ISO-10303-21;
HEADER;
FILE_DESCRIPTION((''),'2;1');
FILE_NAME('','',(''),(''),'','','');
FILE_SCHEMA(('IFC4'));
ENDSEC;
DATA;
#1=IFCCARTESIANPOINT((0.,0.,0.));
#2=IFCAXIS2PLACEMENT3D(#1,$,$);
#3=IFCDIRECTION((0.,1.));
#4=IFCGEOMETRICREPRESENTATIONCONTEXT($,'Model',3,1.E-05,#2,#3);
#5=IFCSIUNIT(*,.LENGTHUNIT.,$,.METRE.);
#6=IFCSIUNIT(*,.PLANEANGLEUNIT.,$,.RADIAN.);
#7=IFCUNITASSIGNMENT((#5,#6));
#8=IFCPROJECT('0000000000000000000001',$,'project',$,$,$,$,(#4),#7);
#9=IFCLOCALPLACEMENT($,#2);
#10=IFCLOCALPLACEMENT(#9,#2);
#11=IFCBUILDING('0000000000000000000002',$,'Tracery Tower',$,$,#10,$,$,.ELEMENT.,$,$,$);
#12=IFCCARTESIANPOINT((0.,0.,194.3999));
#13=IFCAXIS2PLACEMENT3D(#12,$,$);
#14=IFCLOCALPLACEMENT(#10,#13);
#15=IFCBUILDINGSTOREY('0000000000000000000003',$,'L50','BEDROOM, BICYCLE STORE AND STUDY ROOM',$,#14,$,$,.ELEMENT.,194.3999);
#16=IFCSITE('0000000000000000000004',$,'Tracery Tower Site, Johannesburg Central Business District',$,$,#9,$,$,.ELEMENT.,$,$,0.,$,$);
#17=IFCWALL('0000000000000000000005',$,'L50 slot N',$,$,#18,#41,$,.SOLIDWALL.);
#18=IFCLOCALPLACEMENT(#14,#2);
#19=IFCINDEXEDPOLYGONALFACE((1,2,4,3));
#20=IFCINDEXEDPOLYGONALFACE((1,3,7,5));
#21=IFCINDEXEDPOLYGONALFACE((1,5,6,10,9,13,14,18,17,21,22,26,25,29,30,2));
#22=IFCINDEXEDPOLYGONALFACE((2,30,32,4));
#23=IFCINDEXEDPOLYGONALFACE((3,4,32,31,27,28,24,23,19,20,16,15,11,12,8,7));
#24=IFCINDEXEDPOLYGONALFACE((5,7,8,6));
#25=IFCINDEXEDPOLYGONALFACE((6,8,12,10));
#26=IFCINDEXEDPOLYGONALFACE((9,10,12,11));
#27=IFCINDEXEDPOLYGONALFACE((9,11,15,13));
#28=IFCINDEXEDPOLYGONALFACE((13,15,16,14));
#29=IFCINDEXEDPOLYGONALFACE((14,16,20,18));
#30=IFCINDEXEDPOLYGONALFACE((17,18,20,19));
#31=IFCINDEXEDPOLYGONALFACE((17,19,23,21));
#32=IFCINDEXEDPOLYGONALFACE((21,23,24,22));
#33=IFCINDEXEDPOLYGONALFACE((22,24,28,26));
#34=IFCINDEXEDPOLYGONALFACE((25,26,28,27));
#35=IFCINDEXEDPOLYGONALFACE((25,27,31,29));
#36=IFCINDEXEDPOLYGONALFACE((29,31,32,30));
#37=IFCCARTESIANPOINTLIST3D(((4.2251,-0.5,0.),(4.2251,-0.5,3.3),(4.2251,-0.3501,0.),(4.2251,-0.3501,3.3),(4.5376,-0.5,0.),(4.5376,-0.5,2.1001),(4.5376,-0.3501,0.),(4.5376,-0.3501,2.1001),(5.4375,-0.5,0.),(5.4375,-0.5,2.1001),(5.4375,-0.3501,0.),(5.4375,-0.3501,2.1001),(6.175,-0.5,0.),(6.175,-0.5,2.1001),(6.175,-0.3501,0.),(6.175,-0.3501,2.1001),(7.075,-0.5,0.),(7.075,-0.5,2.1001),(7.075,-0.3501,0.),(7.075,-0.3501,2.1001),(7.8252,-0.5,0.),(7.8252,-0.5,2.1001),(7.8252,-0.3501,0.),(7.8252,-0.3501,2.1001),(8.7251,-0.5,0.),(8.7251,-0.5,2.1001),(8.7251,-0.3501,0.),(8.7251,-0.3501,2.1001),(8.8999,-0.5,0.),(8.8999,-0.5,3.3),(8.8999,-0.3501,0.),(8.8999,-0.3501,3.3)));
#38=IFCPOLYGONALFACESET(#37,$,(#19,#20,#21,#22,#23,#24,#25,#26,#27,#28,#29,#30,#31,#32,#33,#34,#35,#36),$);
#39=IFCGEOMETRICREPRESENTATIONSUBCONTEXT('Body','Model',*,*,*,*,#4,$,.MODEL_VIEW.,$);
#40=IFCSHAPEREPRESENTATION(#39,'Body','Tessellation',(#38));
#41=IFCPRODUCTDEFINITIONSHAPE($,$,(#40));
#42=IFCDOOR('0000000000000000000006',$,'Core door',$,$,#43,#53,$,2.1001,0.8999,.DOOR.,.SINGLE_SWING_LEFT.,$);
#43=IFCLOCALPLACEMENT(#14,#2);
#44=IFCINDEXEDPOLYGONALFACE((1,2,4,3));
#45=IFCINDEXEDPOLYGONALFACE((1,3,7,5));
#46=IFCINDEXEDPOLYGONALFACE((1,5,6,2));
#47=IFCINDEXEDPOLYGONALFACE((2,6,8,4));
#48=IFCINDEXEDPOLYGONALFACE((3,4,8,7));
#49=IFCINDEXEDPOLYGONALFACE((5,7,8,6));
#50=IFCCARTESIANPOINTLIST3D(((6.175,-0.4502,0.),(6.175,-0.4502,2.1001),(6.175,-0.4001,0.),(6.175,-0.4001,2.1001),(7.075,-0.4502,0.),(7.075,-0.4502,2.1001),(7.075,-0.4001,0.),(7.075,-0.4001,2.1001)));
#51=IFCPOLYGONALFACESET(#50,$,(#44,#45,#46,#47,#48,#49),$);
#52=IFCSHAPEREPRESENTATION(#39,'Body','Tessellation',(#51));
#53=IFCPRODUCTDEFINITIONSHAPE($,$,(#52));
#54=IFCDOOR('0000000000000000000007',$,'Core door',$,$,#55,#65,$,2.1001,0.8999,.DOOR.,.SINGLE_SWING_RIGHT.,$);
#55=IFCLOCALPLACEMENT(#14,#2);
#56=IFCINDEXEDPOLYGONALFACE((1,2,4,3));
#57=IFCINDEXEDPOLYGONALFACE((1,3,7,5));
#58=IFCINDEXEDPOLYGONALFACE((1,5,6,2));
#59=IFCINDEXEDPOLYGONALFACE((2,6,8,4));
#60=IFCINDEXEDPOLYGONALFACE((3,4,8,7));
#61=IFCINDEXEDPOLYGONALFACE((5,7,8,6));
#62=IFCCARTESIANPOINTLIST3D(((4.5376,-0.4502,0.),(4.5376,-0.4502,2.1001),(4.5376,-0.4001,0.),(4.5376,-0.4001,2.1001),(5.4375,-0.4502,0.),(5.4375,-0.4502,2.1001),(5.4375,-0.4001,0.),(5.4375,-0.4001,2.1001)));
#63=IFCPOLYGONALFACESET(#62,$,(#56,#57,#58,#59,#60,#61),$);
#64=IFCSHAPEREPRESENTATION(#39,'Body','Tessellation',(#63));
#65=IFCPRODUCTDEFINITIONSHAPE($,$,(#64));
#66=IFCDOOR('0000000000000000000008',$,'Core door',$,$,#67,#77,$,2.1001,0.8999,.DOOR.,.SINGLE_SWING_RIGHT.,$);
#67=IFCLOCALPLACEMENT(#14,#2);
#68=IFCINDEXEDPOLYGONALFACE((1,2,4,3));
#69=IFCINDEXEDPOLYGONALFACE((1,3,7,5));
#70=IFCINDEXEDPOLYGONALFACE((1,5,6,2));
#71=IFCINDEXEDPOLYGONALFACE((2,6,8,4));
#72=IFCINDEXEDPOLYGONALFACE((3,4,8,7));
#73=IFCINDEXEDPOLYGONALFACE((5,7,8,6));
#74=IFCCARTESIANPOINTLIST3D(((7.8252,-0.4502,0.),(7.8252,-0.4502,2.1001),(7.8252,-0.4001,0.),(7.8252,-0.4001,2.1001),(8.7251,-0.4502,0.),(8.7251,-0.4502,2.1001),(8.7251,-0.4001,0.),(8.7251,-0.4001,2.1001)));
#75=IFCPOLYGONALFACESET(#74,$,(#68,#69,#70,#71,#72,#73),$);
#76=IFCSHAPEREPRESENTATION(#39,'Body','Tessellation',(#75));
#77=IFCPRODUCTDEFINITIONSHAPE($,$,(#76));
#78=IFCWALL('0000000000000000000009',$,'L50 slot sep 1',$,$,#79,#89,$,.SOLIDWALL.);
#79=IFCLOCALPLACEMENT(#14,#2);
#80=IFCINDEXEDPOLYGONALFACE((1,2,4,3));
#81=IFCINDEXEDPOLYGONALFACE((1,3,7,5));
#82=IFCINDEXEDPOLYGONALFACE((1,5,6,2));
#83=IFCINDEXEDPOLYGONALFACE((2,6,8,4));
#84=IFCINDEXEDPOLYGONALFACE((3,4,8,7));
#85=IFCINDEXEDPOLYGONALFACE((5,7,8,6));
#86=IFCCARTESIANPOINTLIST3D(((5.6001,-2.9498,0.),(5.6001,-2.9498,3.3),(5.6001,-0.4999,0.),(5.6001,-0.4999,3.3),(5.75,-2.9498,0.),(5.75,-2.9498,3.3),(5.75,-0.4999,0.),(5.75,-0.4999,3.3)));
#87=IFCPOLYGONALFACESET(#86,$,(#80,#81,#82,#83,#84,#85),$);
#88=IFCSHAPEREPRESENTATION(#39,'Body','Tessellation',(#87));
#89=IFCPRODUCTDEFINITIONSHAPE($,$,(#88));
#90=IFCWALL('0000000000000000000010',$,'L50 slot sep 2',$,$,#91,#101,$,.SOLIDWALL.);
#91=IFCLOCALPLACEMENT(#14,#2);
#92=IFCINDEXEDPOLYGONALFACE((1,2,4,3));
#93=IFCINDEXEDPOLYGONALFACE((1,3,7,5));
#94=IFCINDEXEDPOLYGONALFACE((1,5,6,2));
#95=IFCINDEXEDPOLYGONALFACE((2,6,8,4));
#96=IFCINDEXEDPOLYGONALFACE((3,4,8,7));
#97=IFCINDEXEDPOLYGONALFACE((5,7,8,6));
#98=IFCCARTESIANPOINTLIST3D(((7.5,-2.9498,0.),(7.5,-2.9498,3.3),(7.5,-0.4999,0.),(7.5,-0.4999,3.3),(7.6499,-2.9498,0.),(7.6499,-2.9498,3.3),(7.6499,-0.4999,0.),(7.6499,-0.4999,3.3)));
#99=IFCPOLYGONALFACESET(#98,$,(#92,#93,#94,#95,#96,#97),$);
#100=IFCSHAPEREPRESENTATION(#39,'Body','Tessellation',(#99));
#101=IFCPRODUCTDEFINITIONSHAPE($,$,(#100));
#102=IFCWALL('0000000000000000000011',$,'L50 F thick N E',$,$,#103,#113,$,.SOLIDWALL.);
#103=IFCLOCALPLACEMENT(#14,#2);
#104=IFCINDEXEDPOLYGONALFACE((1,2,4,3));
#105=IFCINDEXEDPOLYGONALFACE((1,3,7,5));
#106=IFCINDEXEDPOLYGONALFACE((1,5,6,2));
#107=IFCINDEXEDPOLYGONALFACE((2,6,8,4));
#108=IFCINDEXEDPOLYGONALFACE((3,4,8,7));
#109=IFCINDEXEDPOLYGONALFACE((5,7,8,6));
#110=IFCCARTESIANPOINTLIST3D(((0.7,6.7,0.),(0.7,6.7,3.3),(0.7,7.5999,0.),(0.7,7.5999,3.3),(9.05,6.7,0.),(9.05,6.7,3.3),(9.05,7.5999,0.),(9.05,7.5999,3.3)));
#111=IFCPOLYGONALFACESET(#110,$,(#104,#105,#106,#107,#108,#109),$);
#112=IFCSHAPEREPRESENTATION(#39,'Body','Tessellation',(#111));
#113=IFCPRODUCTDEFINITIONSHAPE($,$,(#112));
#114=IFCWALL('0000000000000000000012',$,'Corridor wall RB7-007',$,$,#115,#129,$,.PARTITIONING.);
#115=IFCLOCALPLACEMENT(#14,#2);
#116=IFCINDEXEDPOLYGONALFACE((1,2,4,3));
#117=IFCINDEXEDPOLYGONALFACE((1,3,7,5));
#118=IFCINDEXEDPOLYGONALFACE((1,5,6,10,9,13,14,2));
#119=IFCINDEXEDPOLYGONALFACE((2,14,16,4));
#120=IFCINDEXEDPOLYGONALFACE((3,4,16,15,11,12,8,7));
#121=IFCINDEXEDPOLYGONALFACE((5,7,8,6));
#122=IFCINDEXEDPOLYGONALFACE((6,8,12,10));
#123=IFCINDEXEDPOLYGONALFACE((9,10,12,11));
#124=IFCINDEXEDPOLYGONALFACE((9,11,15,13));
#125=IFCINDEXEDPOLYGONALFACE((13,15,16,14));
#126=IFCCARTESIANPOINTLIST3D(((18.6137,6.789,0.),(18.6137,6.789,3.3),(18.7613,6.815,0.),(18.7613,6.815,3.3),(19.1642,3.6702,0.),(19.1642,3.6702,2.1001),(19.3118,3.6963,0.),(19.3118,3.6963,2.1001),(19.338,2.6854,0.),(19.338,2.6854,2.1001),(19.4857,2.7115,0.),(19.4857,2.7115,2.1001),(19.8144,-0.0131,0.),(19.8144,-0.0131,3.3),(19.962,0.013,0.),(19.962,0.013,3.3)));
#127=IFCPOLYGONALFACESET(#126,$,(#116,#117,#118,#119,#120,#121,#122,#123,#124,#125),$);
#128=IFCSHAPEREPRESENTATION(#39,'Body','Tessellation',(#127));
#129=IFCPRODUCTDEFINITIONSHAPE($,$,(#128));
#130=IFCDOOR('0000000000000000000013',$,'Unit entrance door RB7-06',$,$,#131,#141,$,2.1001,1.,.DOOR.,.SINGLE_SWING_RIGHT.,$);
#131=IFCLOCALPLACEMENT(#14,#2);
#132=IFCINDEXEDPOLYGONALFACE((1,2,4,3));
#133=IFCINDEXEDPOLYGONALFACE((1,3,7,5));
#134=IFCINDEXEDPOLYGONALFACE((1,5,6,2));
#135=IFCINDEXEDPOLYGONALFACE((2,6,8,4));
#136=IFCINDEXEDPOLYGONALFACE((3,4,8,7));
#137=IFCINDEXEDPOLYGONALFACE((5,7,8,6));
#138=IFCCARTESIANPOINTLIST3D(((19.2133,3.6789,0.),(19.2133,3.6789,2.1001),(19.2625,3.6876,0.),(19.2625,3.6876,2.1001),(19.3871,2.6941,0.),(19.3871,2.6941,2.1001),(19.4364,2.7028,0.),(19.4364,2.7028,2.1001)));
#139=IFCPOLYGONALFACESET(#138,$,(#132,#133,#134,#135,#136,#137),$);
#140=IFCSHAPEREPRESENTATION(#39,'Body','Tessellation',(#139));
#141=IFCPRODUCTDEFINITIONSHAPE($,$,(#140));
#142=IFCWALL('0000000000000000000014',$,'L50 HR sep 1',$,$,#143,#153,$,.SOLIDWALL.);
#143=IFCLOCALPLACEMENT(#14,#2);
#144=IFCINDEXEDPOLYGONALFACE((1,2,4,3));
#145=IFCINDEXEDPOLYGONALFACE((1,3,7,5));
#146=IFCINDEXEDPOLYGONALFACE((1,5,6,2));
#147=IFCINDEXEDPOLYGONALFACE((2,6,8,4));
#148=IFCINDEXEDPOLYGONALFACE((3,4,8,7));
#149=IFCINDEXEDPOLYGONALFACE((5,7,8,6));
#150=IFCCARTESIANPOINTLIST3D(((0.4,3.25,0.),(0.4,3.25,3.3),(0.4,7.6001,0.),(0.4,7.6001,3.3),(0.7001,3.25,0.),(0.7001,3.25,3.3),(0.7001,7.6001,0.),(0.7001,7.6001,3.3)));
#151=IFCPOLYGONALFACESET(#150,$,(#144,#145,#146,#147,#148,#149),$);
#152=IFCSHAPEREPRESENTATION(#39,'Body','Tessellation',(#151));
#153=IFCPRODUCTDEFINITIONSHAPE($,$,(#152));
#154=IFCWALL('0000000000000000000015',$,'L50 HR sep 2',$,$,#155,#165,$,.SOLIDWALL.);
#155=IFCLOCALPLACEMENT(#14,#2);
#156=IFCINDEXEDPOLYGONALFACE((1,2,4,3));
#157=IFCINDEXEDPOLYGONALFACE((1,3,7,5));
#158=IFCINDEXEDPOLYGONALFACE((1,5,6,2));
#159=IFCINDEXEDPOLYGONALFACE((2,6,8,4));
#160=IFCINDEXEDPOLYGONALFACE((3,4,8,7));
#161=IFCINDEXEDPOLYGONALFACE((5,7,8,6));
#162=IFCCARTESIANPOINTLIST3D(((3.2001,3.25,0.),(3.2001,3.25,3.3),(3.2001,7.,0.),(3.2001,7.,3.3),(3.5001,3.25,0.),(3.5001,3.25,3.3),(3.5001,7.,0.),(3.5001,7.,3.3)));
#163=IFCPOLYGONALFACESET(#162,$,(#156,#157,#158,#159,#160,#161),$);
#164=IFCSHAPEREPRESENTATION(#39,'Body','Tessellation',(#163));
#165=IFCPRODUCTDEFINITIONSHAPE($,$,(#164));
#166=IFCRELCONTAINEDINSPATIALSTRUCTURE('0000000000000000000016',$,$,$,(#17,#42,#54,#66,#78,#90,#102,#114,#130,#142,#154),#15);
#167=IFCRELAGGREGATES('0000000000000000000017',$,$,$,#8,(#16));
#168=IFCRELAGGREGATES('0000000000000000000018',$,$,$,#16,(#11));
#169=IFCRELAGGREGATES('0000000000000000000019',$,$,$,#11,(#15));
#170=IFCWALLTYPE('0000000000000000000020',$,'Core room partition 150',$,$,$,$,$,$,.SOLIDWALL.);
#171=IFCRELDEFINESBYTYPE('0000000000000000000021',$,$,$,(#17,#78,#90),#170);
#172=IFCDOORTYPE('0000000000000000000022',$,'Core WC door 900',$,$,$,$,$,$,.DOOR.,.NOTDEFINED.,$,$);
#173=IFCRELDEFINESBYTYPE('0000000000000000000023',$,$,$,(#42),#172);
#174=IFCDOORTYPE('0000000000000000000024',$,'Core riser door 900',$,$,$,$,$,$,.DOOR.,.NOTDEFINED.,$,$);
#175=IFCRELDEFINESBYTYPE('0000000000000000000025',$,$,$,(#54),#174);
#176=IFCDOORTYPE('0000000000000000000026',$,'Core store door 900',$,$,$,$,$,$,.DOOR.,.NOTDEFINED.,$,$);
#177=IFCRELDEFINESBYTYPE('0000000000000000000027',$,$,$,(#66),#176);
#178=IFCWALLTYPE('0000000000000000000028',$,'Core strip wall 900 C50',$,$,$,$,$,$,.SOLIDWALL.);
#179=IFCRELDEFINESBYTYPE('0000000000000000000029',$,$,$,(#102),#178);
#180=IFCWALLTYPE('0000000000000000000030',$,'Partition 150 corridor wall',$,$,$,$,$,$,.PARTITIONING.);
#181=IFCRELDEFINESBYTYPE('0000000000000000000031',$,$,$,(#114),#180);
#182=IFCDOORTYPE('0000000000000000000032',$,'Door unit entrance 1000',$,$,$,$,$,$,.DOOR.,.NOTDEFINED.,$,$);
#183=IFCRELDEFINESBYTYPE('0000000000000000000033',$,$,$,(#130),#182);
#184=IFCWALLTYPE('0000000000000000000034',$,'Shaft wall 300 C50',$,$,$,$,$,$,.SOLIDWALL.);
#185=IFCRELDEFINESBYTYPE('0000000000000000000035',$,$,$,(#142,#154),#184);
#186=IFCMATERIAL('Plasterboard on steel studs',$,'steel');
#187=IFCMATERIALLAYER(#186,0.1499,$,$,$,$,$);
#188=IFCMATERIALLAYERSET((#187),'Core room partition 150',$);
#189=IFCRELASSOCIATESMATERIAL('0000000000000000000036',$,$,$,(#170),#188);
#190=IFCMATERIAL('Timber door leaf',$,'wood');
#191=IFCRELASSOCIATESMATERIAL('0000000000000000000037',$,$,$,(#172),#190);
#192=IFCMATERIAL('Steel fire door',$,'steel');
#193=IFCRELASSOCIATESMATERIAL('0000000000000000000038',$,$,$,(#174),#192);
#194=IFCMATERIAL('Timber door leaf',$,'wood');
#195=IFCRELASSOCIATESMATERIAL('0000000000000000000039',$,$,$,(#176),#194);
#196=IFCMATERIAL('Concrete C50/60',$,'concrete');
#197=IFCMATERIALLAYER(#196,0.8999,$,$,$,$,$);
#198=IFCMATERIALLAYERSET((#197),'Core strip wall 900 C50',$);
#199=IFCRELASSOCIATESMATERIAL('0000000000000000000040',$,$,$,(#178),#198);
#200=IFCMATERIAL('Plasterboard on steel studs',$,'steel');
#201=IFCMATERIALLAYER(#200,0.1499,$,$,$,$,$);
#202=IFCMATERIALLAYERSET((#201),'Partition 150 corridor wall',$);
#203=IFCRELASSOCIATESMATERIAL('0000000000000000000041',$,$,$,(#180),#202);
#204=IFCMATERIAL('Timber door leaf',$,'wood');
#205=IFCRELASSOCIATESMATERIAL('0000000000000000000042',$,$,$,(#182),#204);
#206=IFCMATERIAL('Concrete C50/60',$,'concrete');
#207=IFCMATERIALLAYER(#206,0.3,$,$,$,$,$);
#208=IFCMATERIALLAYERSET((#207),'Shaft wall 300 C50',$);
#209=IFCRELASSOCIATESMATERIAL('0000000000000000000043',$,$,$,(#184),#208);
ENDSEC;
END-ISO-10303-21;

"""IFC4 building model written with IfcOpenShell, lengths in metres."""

from ifc_helpers import new_model, si_unit, direction, frame, frame_2d, origin, place, context, subcontext, project, spatial, rectangle, extrude, material, layer, layer_set, type_object, element, fill, save


model = new_model("IFC4")

# Units and contexts
model_context = context("Model", 3, precision=1e-05, world=origin(), true_north=direction((0.0, 1.0)))
body_context = subcontext(model_context, "Body", "Model", "MODEL_VIEW")
ifc_project = project(units=[si_unit("LENGTHUNIT", "METRE"), si_unit("PLANEANGLEUNIT", "RADIAN")], contexts=[model_context])

# Site, building, storey
site_placement = place(None, origin())
site = spatial("IfcSite", under=ifc_project, at=site_placement, Name="Tracery Tower Site, Johannesburg Central Business District", CompositionType="ELEMENT", RefElevation=0.0)
building_placement = place(site_placement, origin())
building = spatial("IfcBuilding", under=site, at=building_placement, Name="Tracery Tower", CompositionType="ELEMENT")
storey_placement = place(building_placement, frame((0.0, 0.0, 194.3999)))
storey = spatial("IfcBuildingStorey", under=building, at=storey_placement, Name="L50", Description="BEDROOM, BICYCLE STORE AND STUDY ROOM", CompositionType="ELEMENT", Elevation=194.3999)

# Wall, openings, doors
ifc_material_1 = material(Name="Plasterboard on steel studs", Category="steel")
ifc_layer_1 = layer(ifc_material_1, 0.1499)
ifc_layer_set_1 = layer_set([ifc_layer_1], Name="Core room partition 150")
wall_type_1 = type_object("IfcWallType", Name="Core room partition 150", PredefinedType="SOLIDWALL", material=ifc_layer_set_1)
wall_1_placement = place(storey_placement, frame((4.2251, -0.425, 0.0), z_axis=(0.0, 0.0, 1.0), x_axis=(1.0, 0.0, 0.0)))
wall_1 = element("IfcWall", 1, at=wall_1_placement, inside=storey, type_object=wall_type_1, Name="L50 slot N", PredefinedType="SOLIDWALL", context=body_context, shape_type="SweptSolid", body=[
    extrude(rectangle(XDim=4.6748, YDim=0.1499, at=frame_2d((2.3374, 0.0))), origin(), (0.0, 0.0, 1.0), 3.3),
])
opening_1_placement = place(wall_1_placement, frame((0.3125, 0.0, 0.0)))
opening_1 = element("IfcOpeningElement", 2, at=opening_1_placement, cuts=wall_1, PredefinedType="OPENING", context=body_context, shape_type="SweptSolid", body=[
    extrude(rectangle(XDim=0.8999, YDim=2.1001, at=frame_2d((0.45, 1.05))), frame((0.0, 0.075, 0.0), z_axis=(0.0, -1.0, 0.0), x_axis=(1.0, 0.0, 0.0)), (0.0, 0.0, 1.0), 0.1499),
])
opening_2_placement = place(wall_1_placement, frame((1.95, 0.0, 0.0)))
opening_2 = element("IfcOpeningElement", 3, at=opening_2_placement, cuts=wall_1, PredefinedType="OPENING", context=body_context, shape_type="SweptSolid", body=[
    extrude(rectangle(XDim=0.8999, YDim=2.1001, at=frame_2d((0.45, 1.05))), frame((0.0, 0.075, 0.0), z_axis=(0.0, -1.0, 0.0), x_axis=(1.0, 0.0, 0.0)), (0.0, 0.0, 1.0), 0.1499),
])
opening_3_placement = place(wall_1_placement, frame((3.6001, 0.0, 0.0)))
opening_3 = element("IfcOpeningElement", 4, at=opening_3_placement, cuts=wall_1, PredefinedType="OPENING", context=body_context, shape_type="SweptSolid", body=[
    extrude(rectangle(XDim=0.8999, YDim=2.1001, at=frame_2d((0.45, 1.05))), frame((0.0, 0.075, 0.0), z_axis=(0.0, -1.0, 0.0), x_axis=(1.0, 0.0, 0.0)), (0.0, 0.0, 1.0), 0.1499),
])
ifc_material_2 = material(Name="Timber door leaf", Category="wood")
door_type_1 = type_object("IfcDoorType", Name="Core WC door 900", OperationType="NOTDEFINED", PredefinedType="DOOR", material=ifc_material_2)
door_1_placement = place(opening_2_placement, origin())
door_1 = element("IfcDoor", 5, at=door_1_placement, inside=storey, type_object=door_type_1, Name="Core door", OperationType="SINGLE_SWING_LEFT", OverallHeight=2.1001, OverallWidth=0.8999, PredefinedType="DOOR", context=body_context, shape_type="SweptSolid", body=[
    extrude(rectangle(XDim=0.8999, YDim=2.1001, at=frame_2d((0.45, 1.05))), frame((0.0, 0.0249, 0.0), z_axis=(0.0, -1.0, 0.0), x_axis=(1.0, 0.0, 0.0)), (0.0, 0.0, 1.0), 0.05),
])
fill(opening_2, door_1)
ifc_material_3 = material(Name="Steel fire door", Category="steel")
door_type_2 = type_object("IfcDoorType", Name="Core riser door 900", OperationType="NOTDEFINED", PredefinedType="DOOR", material=ifc_material_3)
door_2_placement = place(opening_1_placement, origin())
door_2 = element("IfcDoor", 6, at=door_2_placement, inside=storey, type_object=door_type_2, Name="Core door", OperationType="SINGLE_SWING_RIGHT", OverallHeight=2.1001, OverallWidth=0.8999, PredefinedType="DOOR", context=body_context, shape_type="SweptSolid", body=[
    extrude(rectangle(XDim=0.8999, YDim=2.1001, at=frame_2d((0.45, 1.05))), frame((0.0, 0.0249, 0.0), z_axis=(0.0, -1.0, 0.0), x_axis=(1.0, 0.0, 0.0)), (0.0, 0.0, 1.0), 0.05),
])
fill(opening_1, door_2)
ifc_material_4 = material(Name="Timber door leaf", Category="wood")
door_type_3 = type_object("IfcDoorType", Name="Core store door 900", OperationType="NOTDEFINED", PredefinedType="DOOR", material=ifc_material_4)
door_3_placement = place(opening_3_placement, origin())
door_3 = element("IfcDoor", 7, at=door_3_placement, inside=storey, type_object=door_type_3, Name="Core door", OperationType="SINGLE_SWING_RIGHT", OverallHeight=2.1001, OverallWidth=0.8999, PredefinedType="DOOR", context=body_context, shape_type="SweptSolid", body=[
    extrude(rectangle(XDim=0.8999, YDim=2.1001, at=frame_2d((0.45, 1.05))), frame((0.0, 0.0249, 0.0), z_axis=(0.0, -1.0, 0.0), x_axis=(1.0, 0.0, 0.0)), (0.0, 0.0, 1.0), 0.05),
])
fill(opening_3, door_3)

# Walls
for number, where, z_axis, x_axis, name in (
    (8, (5.675, -2.95, 0.0), (0.0, 0.0, 1.0), (0.0, 1.0, 0.0), "L50 slot sep 1"),
    (9, (7.575, -2.95, 0.0), (0.0, 0.0, 1.0), (0.0, 1.0, 0.0), "L50 slot sep 2"),
):
    element("IfcWall", number, at=place(storey_placement, frame(where, z_axis=z_axis, x_axis=x_axis)), inside=storey, type_object=wall_type_1, Name=name, PredefinedType="SOLIDWALL", context=body_context, shape_type="SweptSolid", body=[
        extrude(rectangle(XDim=2.45, YDim=0.1499, at=frame_2d((1.2251, 0.0))), origin(), (0.0, 0.0, 1.0), 3.3),
    ])
ifc_material_5 = material(Name="Concrete C50/60", Category="concrete")
ifc_layer_2 = layer(ifc_material_5, 0.8999)
ifc_layer_set_2 = layer_set([ifc_layer_2], Name="Core strip wall 900 C50")
wall_type_2 = type_object("IfcWallType", Name="Core strip wall 900 C50", PredefinedType="SOLIDWALL", material=ifc_layer_set_2)
wall_2_placement = place(storey_placement, frame((0.7, 7.1499, 0.0), z_axis=(0.0, 0.0, 1.0), x_axis=(1.0, 0.0, 0.0)))
element("IfcWall", 10, at=wall_2_placement, inside=storey, type_object=wall_type_2, Name="L50 F thick N E", PredefinedType="SOLIDWALL", context=body_context, shape_type="SweptSolid", body=[
    extrude(rectangle(XDim=8.3501, YDim=0.8999, at=frame_2d((4.175, 0.0))), origin(), (0.0, 0.0, 1.0), 3.3),
])

# Wall, opening, door
ifc_material_6 = material(Name="Plasterboard on steel studs", Category="steel")
ifc_layer_3 = layer(ifc_material_6, 0.1499)
ifc_layer_set_3 = layer_set([ifc_layer_3], Name="Partition 150 corridor wall")
wall_type_3 = type_object("IfcWallType", Name="Partition 150 corridor wall", PredefinedType="PARTITIONING", material=ifc_layer_set_3)
wall_3_placement = place(storey_placement, frame((18.6875, 6.802, 0.0), z_axis=(0.0, 0.0, 1.0), x_axis=(0.173832, -0.984775, 0.0)))
wall_3 = element("IfcWall", 11, at=wall_3_placement, inside=storey, type_object=wall_type_3, Name="Corridor wall RB7-007", PredefinedType="PARTITIONING", context=body_context, shape_type="SweptSolid", body=[
    extrude(rectangle(XDim=6.9072, YDim=0.1499, at=frame_2d((3.4536, 0.0))), origin(), (0.0, 0.0, 1.0), 3.3),
])
opening_4_placement = place(wall_3_placement, frame((3.167, 0.0, 0.0)))
opening_4 = element("IfcOpeningElement", 12, at=opening_4_placement, cuts=wall_3, PredefinedType="OPENING", context=body_context, shape_type="SweptSolid", body=[
    extrude(rectangle(XDim=1.0, YDim=2.1001, at=frame_2d((0.5, 1.05))), frame((0.0, 0.075, 0.0), z_axis=(0.0, -1.0, 0.0), x_axis=(1.0, 0.0, 0.0)), (0.0, 0.0, 1.0), 0.1499),
])
ifc_material_7 = material(Name="Timber door leaf", Category="wood")
door_type_4 = type_object("IfcDoorType", Name="Door unit entrance 1000", OperationType="NOTDEFINED", PredefinedType="DOOR", material=ifc_material_7)
door_4_placement = place(opening_4_placement, origin())
door_4 = element("IfcDoor", 13, at=door_4_placement, inside=storey, type_object=door_type_4, Name="Unit entrance door RB7-06", OperationType="SINGLE_SWING_RIGHT", OverallHeight=2.1001, OverallWidth=1.0, PredefinedType="DOOR", context=body_context, shape_type="SweptSolid", body=[
    extrude(rectangle(XDim=1.0, YDim=2.1001, at=frame_2d((0.5, 1.05))), frame((0.0, 0.0249, 0.0), z_axis=(0.0, -1.0, 0.0), x_axis=(1.0, 0.0, 0.0)), (0.0, 0.0, 1.0), 0.05),
])
fill(opening_4, door_4)

# Walls
ifc_material_8 = material(Name="Concrete C50/60", Category="concrete")
ifc_layer_4 = layer(ifc_material_8, 0.3)
ifc_layer_set_4 = layer_set([ifc_layer_4], Name="Shaft wall 300 C50")
wall_type_4 = type_object("IfcWallType", Name="Shaft wall 300 C50", PredefinedType="SOLIDWALL", material=ifc_layer_set_4)
wall_4_placement = place(storey_placement, frame((0.55, 3.25, 0.0), z_axis=(0.0, 0.0, 1.0), x_axis=(0.0, 1.0, 0.0)))
element("IfcWall", 14, at=wall_4_placement, inside=storey, type_object=wall_type_4, Name="L50 HR sep 1", PredefinedType="SOLIDWALL", context=body_context, shape_type="SweptSolid", body=[
    extrude(rectangle(XDim=4.3501, YDim=0.3, at=frame_2d((2.175, 0.0))), origin(), (0.0, 0.0, 1.0), 3.3),
])
for number, where, z_axis, x_axis, name in (
    (15, (3.3501, 3.25, 0.0), (0.0, 0.0, 1.0), (0.0, 1.0, 0.0), "L50 HR sep 2"),
):
    element("IfcWall", number, at=place(storey_placement, frame(where, z_axis=z_axis, x_axis=x_axis)), inside=storey, type_object=wall_type_4, Name=name, PredefinedType="SOLIDWALL", context=body_context, shape_type="SweptSolid", body=[
        extrude(rectangle(XDim=3.75, YDim=0.3, at=frame_2d((1.875, 0.0))), origin(), (0.0, 0.0, 1.0), 3.3),
    ])

save(model, "model.ifc")
